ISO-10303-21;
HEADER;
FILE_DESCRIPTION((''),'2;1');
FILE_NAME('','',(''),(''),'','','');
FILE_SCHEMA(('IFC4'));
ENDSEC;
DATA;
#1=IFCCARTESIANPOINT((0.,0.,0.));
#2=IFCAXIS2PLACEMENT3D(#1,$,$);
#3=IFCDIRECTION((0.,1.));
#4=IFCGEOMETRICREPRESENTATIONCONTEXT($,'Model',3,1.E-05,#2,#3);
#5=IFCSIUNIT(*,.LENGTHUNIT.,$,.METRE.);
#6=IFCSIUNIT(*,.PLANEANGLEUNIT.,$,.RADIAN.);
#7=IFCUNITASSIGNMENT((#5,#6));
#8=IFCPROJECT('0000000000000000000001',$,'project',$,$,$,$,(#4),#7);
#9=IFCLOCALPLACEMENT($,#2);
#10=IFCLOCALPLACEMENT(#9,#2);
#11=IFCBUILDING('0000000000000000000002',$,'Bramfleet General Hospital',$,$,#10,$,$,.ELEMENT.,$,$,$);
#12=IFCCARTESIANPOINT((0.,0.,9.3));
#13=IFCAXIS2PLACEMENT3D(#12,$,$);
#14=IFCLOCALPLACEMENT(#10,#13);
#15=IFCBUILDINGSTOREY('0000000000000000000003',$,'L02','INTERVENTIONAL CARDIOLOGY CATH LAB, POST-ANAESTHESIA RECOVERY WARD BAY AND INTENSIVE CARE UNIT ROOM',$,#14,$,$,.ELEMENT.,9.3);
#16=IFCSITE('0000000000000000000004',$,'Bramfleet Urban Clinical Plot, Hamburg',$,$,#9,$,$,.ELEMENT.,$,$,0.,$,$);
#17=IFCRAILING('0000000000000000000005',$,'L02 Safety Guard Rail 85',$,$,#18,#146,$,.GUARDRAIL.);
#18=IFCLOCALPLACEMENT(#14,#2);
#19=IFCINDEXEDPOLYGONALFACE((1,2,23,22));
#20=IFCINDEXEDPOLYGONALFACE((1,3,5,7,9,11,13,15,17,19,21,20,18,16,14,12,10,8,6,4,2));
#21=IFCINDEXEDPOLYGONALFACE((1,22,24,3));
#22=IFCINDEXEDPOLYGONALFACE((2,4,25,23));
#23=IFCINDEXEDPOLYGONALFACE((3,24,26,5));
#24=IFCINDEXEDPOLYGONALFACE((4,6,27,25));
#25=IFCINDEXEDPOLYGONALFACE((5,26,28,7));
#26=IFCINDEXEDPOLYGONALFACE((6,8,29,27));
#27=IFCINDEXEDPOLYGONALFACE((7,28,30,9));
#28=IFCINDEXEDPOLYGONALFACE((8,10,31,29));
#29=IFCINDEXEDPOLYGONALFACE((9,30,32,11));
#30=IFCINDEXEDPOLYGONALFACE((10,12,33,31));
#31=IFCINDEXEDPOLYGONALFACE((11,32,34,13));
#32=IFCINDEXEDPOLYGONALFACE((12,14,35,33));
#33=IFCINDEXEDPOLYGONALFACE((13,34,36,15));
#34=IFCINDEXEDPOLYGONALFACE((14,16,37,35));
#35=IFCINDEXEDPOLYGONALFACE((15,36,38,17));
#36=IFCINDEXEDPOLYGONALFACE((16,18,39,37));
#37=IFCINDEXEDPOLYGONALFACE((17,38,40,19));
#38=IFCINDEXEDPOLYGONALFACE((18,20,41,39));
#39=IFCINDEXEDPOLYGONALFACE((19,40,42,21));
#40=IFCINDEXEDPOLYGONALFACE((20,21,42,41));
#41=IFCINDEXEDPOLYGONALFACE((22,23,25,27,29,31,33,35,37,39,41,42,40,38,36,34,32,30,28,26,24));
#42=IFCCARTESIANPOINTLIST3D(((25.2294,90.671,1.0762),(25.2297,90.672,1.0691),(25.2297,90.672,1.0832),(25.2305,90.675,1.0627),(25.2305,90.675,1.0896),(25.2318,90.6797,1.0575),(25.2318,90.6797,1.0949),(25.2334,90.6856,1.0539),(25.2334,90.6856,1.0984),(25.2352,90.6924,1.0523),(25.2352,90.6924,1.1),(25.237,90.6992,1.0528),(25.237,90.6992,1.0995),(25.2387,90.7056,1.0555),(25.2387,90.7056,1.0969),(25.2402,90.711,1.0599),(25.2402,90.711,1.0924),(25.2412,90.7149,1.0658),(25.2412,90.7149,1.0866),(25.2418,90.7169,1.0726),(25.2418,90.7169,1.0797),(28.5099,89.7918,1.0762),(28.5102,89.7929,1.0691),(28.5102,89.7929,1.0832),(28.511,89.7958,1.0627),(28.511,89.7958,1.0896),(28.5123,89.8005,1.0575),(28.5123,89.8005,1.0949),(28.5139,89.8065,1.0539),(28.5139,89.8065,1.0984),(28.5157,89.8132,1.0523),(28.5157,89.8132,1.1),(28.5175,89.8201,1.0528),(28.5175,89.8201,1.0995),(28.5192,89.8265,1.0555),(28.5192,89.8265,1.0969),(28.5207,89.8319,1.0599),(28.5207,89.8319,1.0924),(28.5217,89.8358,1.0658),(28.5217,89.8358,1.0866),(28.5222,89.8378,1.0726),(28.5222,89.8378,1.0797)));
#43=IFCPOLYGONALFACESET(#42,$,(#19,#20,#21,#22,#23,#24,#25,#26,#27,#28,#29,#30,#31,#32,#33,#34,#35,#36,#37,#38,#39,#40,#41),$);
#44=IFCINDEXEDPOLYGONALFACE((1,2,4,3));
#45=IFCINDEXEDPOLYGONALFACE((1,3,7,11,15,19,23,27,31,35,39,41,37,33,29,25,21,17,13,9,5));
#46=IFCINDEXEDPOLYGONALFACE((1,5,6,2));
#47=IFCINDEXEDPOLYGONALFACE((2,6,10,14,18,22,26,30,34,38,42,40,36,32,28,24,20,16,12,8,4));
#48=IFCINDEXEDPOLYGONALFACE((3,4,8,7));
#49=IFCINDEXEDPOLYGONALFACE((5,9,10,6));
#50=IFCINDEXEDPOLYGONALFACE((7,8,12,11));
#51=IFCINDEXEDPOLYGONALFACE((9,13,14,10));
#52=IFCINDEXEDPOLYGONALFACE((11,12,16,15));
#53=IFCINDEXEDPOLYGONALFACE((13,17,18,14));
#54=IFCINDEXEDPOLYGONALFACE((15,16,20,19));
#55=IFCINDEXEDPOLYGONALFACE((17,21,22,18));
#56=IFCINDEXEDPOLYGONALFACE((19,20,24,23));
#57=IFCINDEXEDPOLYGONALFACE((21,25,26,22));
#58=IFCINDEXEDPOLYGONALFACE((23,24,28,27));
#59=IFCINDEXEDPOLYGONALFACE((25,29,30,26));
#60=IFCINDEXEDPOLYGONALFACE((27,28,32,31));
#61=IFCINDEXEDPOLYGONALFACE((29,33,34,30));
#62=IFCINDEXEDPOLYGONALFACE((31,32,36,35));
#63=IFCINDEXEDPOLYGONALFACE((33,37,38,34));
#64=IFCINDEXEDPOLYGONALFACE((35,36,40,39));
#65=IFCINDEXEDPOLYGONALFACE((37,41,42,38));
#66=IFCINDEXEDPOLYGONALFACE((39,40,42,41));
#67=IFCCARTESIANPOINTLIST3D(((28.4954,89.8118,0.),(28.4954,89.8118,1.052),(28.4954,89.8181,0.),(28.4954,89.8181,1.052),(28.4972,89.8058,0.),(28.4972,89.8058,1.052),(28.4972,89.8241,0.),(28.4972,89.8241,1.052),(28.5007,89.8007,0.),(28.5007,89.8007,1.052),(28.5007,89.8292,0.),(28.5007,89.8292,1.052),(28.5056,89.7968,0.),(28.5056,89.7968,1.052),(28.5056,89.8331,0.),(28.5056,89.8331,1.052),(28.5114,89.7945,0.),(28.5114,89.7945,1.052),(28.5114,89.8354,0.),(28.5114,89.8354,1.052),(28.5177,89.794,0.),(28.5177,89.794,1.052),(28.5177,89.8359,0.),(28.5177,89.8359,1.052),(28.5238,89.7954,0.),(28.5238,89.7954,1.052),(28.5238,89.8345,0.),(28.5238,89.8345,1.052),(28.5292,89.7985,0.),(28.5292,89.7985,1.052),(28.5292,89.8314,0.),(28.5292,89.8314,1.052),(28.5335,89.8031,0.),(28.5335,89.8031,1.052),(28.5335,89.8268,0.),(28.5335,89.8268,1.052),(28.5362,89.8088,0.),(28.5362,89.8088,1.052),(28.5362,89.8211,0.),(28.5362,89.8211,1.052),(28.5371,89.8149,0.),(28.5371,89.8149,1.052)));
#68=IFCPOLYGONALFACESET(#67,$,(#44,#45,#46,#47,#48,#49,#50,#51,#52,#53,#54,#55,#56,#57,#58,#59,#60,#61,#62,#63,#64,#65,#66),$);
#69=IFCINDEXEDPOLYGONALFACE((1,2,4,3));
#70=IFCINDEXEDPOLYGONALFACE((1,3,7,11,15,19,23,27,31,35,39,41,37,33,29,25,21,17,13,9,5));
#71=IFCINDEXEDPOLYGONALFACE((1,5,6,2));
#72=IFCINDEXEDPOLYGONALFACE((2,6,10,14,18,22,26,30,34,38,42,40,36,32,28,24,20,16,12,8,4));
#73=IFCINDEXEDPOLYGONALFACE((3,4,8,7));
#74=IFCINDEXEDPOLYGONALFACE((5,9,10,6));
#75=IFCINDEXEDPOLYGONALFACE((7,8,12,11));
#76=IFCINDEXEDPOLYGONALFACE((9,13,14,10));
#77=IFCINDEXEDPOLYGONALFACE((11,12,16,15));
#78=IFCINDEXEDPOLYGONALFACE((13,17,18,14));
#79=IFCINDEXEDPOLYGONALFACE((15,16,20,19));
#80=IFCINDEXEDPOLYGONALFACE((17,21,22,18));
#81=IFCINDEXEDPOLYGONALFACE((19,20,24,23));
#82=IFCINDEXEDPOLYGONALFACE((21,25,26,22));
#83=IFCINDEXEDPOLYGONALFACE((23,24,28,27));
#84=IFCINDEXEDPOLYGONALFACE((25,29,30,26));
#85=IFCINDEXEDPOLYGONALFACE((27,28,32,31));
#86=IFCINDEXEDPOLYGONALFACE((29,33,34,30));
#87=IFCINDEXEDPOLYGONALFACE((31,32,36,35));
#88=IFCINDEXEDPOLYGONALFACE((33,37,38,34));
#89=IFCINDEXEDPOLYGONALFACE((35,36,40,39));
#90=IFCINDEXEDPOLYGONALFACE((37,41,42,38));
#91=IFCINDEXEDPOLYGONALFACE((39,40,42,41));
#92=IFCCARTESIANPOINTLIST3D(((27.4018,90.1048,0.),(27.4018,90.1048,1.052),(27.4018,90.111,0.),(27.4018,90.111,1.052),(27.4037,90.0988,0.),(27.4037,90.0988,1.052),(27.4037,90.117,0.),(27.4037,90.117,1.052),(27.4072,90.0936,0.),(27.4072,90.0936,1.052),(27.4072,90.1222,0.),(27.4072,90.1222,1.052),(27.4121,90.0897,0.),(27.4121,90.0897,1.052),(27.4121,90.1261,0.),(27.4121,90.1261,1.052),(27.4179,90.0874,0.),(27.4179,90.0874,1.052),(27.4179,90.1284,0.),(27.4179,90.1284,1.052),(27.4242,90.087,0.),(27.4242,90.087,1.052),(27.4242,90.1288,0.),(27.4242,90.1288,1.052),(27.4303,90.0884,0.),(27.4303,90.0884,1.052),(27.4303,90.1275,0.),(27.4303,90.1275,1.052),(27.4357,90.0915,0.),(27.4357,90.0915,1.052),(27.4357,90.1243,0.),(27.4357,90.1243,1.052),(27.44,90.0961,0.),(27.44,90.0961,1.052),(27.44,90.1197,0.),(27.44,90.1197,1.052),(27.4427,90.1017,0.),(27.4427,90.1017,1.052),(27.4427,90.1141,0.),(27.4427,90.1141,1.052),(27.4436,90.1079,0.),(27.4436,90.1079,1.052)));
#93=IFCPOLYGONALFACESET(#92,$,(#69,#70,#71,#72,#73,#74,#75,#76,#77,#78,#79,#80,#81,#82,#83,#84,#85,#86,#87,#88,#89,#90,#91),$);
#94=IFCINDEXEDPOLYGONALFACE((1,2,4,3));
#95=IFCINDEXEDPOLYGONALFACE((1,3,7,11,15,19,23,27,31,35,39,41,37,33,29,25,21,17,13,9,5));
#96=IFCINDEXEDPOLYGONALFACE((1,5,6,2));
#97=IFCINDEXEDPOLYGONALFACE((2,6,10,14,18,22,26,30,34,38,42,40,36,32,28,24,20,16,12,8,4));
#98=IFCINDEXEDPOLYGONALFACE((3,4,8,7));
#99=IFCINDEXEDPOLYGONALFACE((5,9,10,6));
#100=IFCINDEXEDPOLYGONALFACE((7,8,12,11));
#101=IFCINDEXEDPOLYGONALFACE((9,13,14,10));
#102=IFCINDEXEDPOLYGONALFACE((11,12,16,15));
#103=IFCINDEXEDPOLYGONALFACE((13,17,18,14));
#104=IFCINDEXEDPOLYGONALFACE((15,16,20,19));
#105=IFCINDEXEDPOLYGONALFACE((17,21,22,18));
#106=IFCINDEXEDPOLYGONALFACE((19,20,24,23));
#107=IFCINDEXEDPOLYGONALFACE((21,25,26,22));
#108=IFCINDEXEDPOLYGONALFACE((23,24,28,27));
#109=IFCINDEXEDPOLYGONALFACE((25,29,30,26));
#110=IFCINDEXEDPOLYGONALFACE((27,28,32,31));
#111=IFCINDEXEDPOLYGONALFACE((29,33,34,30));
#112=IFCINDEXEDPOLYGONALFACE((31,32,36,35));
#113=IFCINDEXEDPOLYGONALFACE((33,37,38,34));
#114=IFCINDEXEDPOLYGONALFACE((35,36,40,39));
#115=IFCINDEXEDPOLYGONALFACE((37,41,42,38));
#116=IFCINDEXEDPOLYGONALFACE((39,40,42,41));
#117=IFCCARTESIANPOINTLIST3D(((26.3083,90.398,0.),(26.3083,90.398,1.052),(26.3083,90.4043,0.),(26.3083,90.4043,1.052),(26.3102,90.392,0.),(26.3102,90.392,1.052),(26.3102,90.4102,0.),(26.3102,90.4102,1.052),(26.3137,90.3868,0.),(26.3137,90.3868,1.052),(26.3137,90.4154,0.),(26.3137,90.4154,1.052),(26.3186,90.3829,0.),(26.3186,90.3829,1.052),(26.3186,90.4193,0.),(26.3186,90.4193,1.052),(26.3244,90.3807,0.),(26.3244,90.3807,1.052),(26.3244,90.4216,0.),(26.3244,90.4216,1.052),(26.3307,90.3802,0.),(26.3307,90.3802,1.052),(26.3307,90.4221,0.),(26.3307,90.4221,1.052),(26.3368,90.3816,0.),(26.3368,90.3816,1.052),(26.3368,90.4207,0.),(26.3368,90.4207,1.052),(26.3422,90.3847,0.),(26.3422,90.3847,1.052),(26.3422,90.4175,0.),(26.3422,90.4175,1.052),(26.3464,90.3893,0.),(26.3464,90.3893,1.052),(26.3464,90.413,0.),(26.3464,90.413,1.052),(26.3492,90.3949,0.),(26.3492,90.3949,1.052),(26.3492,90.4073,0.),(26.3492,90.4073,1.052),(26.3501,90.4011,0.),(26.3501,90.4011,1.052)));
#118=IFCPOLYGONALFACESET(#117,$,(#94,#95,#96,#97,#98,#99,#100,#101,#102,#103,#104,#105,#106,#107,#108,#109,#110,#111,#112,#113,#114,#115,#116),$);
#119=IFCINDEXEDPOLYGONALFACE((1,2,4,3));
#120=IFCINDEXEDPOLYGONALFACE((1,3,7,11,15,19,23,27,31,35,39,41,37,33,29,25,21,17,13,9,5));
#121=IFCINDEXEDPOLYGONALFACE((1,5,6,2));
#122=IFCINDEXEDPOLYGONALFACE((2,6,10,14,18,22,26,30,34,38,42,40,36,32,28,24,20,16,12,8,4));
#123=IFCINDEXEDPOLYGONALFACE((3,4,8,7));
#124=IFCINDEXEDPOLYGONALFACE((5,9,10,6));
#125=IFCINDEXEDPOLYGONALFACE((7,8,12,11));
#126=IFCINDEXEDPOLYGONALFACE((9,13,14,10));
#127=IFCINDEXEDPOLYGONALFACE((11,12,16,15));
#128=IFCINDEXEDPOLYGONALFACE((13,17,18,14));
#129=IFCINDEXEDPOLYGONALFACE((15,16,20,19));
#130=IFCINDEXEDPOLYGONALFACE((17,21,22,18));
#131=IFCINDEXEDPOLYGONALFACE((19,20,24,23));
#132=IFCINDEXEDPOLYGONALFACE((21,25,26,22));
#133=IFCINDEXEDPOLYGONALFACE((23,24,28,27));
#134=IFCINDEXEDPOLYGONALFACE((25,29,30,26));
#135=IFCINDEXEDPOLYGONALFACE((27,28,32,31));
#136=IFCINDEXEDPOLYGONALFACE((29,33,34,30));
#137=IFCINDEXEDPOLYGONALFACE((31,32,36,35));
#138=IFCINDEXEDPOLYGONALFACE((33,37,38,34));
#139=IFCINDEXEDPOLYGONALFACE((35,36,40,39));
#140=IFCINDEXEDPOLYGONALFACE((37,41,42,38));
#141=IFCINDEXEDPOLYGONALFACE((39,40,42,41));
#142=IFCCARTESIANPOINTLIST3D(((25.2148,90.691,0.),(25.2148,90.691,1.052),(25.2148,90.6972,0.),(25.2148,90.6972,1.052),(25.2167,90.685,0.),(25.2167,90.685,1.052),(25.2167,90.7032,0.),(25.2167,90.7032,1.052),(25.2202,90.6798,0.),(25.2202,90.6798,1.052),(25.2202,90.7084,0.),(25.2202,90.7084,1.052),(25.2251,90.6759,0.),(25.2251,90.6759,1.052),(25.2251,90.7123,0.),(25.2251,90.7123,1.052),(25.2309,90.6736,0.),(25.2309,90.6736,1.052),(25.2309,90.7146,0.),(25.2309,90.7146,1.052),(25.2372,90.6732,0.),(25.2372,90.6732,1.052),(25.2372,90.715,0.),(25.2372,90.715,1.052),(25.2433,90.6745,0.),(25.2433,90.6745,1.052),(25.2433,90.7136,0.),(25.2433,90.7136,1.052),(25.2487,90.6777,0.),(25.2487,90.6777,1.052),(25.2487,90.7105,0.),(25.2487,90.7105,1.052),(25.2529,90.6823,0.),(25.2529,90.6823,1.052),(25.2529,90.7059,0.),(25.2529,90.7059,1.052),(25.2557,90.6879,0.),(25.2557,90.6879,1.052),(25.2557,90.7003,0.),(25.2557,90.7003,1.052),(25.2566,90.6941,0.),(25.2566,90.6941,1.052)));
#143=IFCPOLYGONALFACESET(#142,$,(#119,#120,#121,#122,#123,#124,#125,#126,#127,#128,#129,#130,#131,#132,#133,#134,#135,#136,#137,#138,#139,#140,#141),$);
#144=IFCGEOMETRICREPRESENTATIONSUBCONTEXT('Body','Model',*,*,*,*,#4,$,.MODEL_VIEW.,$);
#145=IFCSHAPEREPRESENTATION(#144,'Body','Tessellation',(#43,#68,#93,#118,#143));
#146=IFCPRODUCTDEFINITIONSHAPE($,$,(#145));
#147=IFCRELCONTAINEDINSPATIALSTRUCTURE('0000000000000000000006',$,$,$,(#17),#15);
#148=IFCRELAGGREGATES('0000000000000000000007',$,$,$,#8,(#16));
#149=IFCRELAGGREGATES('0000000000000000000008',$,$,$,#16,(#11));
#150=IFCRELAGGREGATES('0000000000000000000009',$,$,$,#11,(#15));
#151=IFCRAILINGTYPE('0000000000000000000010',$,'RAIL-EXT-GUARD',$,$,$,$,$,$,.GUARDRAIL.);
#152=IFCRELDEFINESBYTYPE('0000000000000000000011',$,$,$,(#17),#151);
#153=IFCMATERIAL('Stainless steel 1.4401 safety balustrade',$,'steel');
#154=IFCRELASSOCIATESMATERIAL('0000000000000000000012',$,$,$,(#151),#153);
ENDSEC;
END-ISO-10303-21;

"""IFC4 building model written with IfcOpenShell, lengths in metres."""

from ifc_helpers import new_model, si_unit, direction, frame, origin, origin_2d, place, context, subcontext, project, spatial, circle, extrude, material, type_object, element, save


model = new_model("IFC4")

# Units and contexts
model_context = context("Model", 3, precision=1e-05, world=origin(), true_north=direction((0.0, 1.0)))
body_context = subcontext(model_context, "Body", "Model", "MODEL_VIEW")
ifc_project = project(units=[si_unit("LENGTHUNIT", "METRE"), si_unit("PLANEANGLEUNIT", "RADIAN")], contexts=[model_context])

# Site, building, storey
site_placement = place(None, origin())
site = spatial("IfcSite", under=ifc_project, at=site_placement, Name="Bramfleet Urban Clinical Plot, Hamburg", CompositionType="ELEMENT", RefElevation=0.0)
building_placement = place(site_placement, origin())
building = spatial("IfcBuilding", under=site, at=building_placement, Name="Bramfleet General Hospital", CompositionType="ELEMENT")
storey_placement = place(building_placement, frame((0.0, 0.0, 9.3)))
storey = spatial("IfcBuildingStorey", under=building, at=storey_placement, Name="L02", Description="INTERVENTIONAL CARDIOLOGY CATH LAB, POST-ANAESTHESIA RECOVERY WARD BAY AND INTENSIVE CARE UNIT ROOM", CompositionType="ELEMENT", Elevation=9.3)

# Railing
ifc_material_1 = material(Name="Stainless steel 1.4401 safety balustrade", Category="steel")
railing_type = type_object("IfcRailingType", Name="RAIL-EXT-GUARD", PredefinedType="GUARDRAIL", material=ifc_material_1)
railing_1_placement = place(storey_placement, frame((28.5161, 89.8149, 0.0)))
element("IfcRailing", 1, at=railing_1_placement, inside=storey, type_object=railing_type, Name="L02 Safety Guard Rail 85", PredefinedType="GUARDRAIL", context=body_context, shape_type="SweptSolid", body=[
    extrude(circle(Radius=0.0239, at=origin_2d()), frame((0.0, 0.0, 1.0762), z_axis=(-0.965916, 0.258857, 0.0), x_axis=(-0.258857, -0.965916, 0.0)), (0.0, 0.0, 1.0), 3.3962),
    extrude(circle(Radius=0.021, at=origin_2d()), origin(), (0.0, 0.0, 1.0), 1.052),
    extrude(circle(Radius=0.021, at=origin_2d()), frame((-1.0935, 0.293, 0.0)), (0.0, 0.0, 1.0), 1.052),
    extrude(circle(Radius=0.021, at=origin_2d()), frame((-2.187, 0.5862, 0.0)), (0.0, 0.0, 1.0), 1.052),
    extrude(circle(Radius=0.021, at=origin_2d()), frame((-3.2805, 0.8792, 0.0)), (0.0, 0.0, 1.0), 1.052),
])

save(model, "model.ifc")
